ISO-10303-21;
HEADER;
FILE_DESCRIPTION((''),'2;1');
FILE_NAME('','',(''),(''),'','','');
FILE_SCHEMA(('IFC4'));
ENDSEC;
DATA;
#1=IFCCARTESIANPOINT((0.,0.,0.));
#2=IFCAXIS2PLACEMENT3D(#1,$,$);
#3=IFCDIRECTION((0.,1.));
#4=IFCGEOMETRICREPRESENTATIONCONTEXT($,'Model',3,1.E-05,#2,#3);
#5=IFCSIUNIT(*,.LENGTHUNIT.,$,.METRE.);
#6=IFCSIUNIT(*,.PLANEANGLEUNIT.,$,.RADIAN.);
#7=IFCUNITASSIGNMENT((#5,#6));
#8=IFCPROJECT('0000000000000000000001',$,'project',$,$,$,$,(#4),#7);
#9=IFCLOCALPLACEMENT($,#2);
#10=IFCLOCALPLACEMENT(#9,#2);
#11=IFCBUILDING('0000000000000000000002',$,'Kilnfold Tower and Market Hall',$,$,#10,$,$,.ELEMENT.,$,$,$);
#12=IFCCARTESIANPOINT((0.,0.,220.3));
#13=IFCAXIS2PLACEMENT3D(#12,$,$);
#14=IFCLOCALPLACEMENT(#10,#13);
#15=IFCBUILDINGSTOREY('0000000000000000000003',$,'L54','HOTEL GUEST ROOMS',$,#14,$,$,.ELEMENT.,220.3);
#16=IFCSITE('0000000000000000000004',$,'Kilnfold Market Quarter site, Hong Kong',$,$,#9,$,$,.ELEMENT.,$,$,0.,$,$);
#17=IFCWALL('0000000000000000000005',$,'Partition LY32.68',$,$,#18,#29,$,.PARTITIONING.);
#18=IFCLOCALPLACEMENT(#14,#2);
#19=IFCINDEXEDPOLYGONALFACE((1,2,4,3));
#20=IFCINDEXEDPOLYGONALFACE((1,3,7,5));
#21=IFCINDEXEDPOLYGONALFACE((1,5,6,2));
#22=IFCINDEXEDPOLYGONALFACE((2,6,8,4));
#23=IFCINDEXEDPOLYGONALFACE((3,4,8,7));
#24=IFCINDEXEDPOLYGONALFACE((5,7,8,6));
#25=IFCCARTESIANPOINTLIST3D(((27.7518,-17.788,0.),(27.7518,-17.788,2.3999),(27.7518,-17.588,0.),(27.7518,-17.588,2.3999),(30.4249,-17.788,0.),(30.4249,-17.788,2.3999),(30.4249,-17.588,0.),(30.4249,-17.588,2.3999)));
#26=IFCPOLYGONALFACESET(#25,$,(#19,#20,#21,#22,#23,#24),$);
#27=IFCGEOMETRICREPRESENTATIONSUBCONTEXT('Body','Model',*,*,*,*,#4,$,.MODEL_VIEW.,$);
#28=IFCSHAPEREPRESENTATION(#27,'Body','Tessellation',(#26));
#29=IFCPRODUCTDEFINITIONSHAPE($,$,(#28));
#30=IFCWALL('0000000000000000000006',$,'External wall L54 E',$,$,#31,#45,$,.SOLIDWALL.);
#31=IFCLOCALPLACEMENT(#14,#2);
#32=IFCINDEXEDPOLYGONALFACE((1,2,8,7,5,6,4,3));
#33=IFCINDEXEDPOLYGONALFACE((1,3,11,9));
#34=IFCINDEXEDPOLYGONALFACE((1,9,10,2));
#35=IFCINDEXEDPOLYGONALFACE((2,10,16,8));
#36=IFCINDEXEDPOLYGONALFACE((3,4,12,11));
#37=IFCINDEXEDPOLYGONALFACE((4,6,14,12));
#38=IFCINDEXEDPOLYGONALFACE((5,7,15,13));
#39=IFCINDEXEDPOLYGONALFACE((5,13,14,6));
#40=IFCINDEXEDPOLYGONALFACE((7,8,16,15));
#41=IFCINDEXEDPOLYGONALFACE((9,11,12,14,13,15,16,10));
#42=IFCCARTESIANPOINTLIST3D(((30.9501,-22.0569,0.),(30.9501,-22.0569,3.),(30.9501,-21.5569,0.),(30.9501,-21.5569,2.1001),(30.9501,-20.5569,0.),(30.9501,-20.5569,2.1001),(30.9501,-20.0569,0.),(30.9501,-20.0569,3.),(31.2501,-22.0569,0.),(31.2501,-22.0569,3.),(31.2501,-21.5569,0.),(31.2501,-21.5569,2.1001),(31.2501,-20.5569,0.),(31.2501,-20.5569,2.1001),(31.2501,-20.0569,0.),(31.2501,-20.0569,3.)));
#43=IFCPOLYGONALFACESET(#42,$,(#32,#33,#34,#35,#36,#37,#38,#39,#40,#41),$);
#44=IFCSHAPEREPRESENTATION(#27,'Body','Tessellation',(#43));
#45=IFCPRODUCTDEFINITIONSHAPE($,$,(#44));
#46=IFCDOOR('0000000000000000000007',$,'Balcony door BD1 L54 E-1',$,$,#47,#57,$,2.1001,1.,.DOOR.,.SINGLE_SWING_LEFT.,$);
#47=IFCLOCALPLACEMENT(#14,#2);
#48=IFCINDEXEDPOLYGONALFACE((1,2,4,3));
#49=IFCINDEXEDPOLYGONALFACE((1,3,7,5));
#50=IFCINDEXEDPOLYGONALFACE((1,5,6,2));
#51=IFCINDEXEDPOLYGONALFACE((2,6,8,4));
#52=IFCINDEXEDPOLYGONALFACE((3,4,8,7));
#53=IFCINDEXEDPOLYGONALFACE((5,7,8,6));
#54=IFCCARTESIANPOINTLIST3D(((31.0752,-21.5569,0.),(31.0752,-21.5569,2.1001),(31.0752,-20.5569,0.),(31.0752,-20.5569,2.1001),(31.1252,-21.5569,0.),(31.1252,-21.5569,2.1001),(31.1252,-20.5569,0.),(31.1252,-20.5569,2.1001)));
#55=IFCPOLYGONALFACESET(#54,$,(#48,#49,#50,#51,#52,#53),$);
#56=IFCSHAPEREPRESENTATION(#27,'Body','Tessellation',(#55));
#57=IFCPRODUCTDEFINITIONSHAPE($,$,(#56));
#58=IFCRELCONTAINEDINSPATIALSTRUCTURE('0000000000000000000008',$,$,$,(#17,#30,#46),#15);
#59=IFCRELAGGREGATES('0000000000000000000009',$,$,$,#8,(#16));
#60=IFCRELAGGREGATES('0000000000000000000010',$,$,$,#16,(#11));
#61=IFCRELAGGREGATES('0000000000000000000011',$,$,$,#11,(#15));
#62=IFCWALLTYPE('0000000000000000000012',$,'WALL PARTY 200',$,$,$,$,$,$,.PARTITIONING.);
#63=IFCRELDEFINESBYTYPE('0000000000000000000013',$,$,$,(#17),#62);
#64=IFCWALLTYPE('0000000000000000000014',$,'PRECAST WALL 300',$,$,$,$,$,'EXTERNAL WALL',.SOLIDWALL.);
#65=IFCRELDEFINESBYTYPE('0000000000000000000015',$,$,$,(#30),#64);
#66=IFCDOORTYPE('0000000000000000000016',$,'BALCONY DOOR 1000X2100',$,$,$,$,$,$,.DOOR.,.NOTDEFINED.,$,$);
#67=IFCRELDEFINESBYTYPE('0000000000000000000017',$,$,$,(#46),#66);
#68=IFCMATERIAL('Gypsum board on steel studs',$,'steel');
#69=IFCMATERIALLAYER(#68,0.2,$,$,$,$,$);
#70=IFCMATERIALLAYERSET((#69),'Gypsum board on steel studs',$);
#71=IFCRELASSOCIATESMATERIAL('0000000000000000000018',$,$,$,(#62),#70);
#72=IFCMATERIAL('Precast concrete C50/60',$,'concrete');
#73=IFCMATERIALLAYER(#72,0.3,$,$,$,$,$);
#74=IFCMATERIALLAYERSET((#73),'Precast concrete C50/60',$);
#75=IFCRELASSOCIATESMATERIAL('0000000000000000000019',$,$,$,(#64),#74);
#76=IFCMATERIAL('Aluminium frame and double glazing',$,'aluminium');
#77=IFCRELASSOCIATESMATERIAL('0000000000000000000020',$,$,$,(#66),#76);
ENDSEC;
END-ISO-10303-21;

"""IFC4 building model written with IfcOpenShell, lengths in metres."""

from ifc_helpers import new_model, si_unit, direction, frame, frame_2d, origin, place, context, subcontext, project, spatial, rectangle, extrude, source, transform, mapped, material, layer, layer_set, type_object, element, fill, save


model = new_model("IFC4")

# Units and contexts
model_context = context("Model", 3, precision=1e-05, world=origin(), true_north=direction((0.0, 1.0)))
body_context = subcontext(model_context, "Body", "Model", "MODEL_VIEW")
ifc_project = project(units=[si_unit("LENGTHUNIT", "METRE"), si_unit("PLANEANGLEUNIT", "RADIAN")], contexts=[model_context])

# Site, building, storey
site_placement = place(None, origin())
site = spatial("IfcSite", under=ifc_project, at=site_placement, Name="Kilnfold Market Quarter site, Hong Kong", CompositionType="ELEMENT", RefElevation=0.0)
building_placement = place(site_placement, origin())
building = spatial("IfcBuilding", under=site, at=building_placement, Name="Kilnfold Tower and Market Hall", CompositionType="ELEMENT")
storey_placement = place(building_placement, frame((0.0, 0.0, 220.3)))
storey = spatial("IfcBuildingStorey", under=building, at=storey_placement, Name="L54", Description="HOTEL GUEST ROOMS", CompositionType="ELEMENT", Elevation=220.3)

# Wall
ifc_material_1 = material(Name="Gypsum board on steel studs", Category="steel")
ifc_layer_1 = layer(ifc_material_1, 0.2)
ifc_layer_set_1 = layer_set([ifc_layer_1], Name="Gypsum board on steel studs")
wall_type_1 = type_object("IfcWallType", Name="WALL PARTY 200", PredefinedType="PARTITIONING", material=ifc_layer_set_1)
wall_1_placement = place(storey_placement, frame((27.752, -17.688, 0.0), z_axis=(0.0, 0.0, 1.0), x_axis=(1.0, 0.0, 0.0)))
element("IfcWall", 1, at=wall_1_placement, inside=storey, type_object=wall_type_1, Name="Partition LY32.68", PredefinedType="PARTITIONING", context=body_context, shape_type="SweptSolid", body=[
    extrude(rectangle(XDim=2.6731, YDim=0.2, at=frame_2d((1.3364, 0.0))), origin(), (0.0, 0.0, 1.0), 2.3999),
])

# Wall, opening, door
ifc_material_2 = material(Name="Precast concrete C50/60", Category="concrete")
ifc_layer_2 = layer(ifc_material_2, 0.3)
ifc_layer_set_2 = layer_set([ifc_layer_2], Name="Precast concrete C50/60")
wall_type_2 = type_object("IfcWallType", Name="PRECAST WALL 300", ElementType="EXTERNAL WALL", PredefinedType="SOLIDWALL", material=ifc_layer_set_2)
shared_shape_1 = source(origin(), body_context, "Body", "SweptSolid", [
    extrude(rectangle(XDim=2.0, YDim=0.3, at=frame_2d((1.0, 0.0))), origin(), (0.0, 0.0, 1.0), 3.0),
])
wall_2_placement = place(storey_placement, frame((31.1001, -22.0569, 0.0), z_axis=(0.0, 0.0, 1.0), x_axis=(0.0, 1.0, 0.0)))
wall_2 = element("IfcWall", 2, at=wall_2_placement, inside=storey, type_object=wall_type_2, Name="External wall L54 E", PredefinedType="SOLIDWALL", context=body_context, shape_type="MappedRepresentation", body=[
    mapped(shared_shape_1, transform((0.0, 0.0, 0.0))),
])
opening_1_placement = place(wall_2_placement, frame((0.5, 0.0, 0.0)))
opening_1 = element("IfcOpeningElement", 3, at=opening_1_placement, cuts=wall_2, PredefinedType="OPENING", context=body_context, shape_type="SweptSolid", body=[
    extrude(rectangle(XDim=1.0, YDim=2.1001, at=frame_2d((0.5, 1.05))), frame((0.0, 0.1602, 0.0), z_axis=(0.0, -1.0, 0.0), x_axis=(1.0, 0.0, 0.0)), (0.0, 0.0, 1.0), 0.3201),
])
ifc_material_3 = material(Name="Aluminium frame and double glazing", Category="aluminium")
door_type_1 = type_object("IfcDoorType", Name="BALCONY DOOR 1000X2100", OperationType="NOTDEFINED", PredefinedType="DOOR", material=ifc_material_3)
door_1_placement = place(opening_1_placement, origin())
door_1 = element("IfcDoor", 4, at=door_1_placement, inside=storey, type_object=door_type_1, Name="Balcony door BD1 L54 E-1", OperationType="SINGLE_SWING_LEFT", OverallHeight=2.1001, OverallWidth=1.0, PredefinedType="DOOR", context=body_context, shape_type="SweptSolid", body=[
    extrude(rectangle(XDim=1.0, YDim=2.1001, at=frame_2d((0.5, 1.05))), frame((0.0, 0.0249, 0.0), z_axis=(0.0, -1.0, 0.0), x_axis=(1.0, 0.0, 0.0)), (0.0, 0.0, 1.0), 0.05),
])
fill(opening_1, door_1)

save(model, "model.ifc")
